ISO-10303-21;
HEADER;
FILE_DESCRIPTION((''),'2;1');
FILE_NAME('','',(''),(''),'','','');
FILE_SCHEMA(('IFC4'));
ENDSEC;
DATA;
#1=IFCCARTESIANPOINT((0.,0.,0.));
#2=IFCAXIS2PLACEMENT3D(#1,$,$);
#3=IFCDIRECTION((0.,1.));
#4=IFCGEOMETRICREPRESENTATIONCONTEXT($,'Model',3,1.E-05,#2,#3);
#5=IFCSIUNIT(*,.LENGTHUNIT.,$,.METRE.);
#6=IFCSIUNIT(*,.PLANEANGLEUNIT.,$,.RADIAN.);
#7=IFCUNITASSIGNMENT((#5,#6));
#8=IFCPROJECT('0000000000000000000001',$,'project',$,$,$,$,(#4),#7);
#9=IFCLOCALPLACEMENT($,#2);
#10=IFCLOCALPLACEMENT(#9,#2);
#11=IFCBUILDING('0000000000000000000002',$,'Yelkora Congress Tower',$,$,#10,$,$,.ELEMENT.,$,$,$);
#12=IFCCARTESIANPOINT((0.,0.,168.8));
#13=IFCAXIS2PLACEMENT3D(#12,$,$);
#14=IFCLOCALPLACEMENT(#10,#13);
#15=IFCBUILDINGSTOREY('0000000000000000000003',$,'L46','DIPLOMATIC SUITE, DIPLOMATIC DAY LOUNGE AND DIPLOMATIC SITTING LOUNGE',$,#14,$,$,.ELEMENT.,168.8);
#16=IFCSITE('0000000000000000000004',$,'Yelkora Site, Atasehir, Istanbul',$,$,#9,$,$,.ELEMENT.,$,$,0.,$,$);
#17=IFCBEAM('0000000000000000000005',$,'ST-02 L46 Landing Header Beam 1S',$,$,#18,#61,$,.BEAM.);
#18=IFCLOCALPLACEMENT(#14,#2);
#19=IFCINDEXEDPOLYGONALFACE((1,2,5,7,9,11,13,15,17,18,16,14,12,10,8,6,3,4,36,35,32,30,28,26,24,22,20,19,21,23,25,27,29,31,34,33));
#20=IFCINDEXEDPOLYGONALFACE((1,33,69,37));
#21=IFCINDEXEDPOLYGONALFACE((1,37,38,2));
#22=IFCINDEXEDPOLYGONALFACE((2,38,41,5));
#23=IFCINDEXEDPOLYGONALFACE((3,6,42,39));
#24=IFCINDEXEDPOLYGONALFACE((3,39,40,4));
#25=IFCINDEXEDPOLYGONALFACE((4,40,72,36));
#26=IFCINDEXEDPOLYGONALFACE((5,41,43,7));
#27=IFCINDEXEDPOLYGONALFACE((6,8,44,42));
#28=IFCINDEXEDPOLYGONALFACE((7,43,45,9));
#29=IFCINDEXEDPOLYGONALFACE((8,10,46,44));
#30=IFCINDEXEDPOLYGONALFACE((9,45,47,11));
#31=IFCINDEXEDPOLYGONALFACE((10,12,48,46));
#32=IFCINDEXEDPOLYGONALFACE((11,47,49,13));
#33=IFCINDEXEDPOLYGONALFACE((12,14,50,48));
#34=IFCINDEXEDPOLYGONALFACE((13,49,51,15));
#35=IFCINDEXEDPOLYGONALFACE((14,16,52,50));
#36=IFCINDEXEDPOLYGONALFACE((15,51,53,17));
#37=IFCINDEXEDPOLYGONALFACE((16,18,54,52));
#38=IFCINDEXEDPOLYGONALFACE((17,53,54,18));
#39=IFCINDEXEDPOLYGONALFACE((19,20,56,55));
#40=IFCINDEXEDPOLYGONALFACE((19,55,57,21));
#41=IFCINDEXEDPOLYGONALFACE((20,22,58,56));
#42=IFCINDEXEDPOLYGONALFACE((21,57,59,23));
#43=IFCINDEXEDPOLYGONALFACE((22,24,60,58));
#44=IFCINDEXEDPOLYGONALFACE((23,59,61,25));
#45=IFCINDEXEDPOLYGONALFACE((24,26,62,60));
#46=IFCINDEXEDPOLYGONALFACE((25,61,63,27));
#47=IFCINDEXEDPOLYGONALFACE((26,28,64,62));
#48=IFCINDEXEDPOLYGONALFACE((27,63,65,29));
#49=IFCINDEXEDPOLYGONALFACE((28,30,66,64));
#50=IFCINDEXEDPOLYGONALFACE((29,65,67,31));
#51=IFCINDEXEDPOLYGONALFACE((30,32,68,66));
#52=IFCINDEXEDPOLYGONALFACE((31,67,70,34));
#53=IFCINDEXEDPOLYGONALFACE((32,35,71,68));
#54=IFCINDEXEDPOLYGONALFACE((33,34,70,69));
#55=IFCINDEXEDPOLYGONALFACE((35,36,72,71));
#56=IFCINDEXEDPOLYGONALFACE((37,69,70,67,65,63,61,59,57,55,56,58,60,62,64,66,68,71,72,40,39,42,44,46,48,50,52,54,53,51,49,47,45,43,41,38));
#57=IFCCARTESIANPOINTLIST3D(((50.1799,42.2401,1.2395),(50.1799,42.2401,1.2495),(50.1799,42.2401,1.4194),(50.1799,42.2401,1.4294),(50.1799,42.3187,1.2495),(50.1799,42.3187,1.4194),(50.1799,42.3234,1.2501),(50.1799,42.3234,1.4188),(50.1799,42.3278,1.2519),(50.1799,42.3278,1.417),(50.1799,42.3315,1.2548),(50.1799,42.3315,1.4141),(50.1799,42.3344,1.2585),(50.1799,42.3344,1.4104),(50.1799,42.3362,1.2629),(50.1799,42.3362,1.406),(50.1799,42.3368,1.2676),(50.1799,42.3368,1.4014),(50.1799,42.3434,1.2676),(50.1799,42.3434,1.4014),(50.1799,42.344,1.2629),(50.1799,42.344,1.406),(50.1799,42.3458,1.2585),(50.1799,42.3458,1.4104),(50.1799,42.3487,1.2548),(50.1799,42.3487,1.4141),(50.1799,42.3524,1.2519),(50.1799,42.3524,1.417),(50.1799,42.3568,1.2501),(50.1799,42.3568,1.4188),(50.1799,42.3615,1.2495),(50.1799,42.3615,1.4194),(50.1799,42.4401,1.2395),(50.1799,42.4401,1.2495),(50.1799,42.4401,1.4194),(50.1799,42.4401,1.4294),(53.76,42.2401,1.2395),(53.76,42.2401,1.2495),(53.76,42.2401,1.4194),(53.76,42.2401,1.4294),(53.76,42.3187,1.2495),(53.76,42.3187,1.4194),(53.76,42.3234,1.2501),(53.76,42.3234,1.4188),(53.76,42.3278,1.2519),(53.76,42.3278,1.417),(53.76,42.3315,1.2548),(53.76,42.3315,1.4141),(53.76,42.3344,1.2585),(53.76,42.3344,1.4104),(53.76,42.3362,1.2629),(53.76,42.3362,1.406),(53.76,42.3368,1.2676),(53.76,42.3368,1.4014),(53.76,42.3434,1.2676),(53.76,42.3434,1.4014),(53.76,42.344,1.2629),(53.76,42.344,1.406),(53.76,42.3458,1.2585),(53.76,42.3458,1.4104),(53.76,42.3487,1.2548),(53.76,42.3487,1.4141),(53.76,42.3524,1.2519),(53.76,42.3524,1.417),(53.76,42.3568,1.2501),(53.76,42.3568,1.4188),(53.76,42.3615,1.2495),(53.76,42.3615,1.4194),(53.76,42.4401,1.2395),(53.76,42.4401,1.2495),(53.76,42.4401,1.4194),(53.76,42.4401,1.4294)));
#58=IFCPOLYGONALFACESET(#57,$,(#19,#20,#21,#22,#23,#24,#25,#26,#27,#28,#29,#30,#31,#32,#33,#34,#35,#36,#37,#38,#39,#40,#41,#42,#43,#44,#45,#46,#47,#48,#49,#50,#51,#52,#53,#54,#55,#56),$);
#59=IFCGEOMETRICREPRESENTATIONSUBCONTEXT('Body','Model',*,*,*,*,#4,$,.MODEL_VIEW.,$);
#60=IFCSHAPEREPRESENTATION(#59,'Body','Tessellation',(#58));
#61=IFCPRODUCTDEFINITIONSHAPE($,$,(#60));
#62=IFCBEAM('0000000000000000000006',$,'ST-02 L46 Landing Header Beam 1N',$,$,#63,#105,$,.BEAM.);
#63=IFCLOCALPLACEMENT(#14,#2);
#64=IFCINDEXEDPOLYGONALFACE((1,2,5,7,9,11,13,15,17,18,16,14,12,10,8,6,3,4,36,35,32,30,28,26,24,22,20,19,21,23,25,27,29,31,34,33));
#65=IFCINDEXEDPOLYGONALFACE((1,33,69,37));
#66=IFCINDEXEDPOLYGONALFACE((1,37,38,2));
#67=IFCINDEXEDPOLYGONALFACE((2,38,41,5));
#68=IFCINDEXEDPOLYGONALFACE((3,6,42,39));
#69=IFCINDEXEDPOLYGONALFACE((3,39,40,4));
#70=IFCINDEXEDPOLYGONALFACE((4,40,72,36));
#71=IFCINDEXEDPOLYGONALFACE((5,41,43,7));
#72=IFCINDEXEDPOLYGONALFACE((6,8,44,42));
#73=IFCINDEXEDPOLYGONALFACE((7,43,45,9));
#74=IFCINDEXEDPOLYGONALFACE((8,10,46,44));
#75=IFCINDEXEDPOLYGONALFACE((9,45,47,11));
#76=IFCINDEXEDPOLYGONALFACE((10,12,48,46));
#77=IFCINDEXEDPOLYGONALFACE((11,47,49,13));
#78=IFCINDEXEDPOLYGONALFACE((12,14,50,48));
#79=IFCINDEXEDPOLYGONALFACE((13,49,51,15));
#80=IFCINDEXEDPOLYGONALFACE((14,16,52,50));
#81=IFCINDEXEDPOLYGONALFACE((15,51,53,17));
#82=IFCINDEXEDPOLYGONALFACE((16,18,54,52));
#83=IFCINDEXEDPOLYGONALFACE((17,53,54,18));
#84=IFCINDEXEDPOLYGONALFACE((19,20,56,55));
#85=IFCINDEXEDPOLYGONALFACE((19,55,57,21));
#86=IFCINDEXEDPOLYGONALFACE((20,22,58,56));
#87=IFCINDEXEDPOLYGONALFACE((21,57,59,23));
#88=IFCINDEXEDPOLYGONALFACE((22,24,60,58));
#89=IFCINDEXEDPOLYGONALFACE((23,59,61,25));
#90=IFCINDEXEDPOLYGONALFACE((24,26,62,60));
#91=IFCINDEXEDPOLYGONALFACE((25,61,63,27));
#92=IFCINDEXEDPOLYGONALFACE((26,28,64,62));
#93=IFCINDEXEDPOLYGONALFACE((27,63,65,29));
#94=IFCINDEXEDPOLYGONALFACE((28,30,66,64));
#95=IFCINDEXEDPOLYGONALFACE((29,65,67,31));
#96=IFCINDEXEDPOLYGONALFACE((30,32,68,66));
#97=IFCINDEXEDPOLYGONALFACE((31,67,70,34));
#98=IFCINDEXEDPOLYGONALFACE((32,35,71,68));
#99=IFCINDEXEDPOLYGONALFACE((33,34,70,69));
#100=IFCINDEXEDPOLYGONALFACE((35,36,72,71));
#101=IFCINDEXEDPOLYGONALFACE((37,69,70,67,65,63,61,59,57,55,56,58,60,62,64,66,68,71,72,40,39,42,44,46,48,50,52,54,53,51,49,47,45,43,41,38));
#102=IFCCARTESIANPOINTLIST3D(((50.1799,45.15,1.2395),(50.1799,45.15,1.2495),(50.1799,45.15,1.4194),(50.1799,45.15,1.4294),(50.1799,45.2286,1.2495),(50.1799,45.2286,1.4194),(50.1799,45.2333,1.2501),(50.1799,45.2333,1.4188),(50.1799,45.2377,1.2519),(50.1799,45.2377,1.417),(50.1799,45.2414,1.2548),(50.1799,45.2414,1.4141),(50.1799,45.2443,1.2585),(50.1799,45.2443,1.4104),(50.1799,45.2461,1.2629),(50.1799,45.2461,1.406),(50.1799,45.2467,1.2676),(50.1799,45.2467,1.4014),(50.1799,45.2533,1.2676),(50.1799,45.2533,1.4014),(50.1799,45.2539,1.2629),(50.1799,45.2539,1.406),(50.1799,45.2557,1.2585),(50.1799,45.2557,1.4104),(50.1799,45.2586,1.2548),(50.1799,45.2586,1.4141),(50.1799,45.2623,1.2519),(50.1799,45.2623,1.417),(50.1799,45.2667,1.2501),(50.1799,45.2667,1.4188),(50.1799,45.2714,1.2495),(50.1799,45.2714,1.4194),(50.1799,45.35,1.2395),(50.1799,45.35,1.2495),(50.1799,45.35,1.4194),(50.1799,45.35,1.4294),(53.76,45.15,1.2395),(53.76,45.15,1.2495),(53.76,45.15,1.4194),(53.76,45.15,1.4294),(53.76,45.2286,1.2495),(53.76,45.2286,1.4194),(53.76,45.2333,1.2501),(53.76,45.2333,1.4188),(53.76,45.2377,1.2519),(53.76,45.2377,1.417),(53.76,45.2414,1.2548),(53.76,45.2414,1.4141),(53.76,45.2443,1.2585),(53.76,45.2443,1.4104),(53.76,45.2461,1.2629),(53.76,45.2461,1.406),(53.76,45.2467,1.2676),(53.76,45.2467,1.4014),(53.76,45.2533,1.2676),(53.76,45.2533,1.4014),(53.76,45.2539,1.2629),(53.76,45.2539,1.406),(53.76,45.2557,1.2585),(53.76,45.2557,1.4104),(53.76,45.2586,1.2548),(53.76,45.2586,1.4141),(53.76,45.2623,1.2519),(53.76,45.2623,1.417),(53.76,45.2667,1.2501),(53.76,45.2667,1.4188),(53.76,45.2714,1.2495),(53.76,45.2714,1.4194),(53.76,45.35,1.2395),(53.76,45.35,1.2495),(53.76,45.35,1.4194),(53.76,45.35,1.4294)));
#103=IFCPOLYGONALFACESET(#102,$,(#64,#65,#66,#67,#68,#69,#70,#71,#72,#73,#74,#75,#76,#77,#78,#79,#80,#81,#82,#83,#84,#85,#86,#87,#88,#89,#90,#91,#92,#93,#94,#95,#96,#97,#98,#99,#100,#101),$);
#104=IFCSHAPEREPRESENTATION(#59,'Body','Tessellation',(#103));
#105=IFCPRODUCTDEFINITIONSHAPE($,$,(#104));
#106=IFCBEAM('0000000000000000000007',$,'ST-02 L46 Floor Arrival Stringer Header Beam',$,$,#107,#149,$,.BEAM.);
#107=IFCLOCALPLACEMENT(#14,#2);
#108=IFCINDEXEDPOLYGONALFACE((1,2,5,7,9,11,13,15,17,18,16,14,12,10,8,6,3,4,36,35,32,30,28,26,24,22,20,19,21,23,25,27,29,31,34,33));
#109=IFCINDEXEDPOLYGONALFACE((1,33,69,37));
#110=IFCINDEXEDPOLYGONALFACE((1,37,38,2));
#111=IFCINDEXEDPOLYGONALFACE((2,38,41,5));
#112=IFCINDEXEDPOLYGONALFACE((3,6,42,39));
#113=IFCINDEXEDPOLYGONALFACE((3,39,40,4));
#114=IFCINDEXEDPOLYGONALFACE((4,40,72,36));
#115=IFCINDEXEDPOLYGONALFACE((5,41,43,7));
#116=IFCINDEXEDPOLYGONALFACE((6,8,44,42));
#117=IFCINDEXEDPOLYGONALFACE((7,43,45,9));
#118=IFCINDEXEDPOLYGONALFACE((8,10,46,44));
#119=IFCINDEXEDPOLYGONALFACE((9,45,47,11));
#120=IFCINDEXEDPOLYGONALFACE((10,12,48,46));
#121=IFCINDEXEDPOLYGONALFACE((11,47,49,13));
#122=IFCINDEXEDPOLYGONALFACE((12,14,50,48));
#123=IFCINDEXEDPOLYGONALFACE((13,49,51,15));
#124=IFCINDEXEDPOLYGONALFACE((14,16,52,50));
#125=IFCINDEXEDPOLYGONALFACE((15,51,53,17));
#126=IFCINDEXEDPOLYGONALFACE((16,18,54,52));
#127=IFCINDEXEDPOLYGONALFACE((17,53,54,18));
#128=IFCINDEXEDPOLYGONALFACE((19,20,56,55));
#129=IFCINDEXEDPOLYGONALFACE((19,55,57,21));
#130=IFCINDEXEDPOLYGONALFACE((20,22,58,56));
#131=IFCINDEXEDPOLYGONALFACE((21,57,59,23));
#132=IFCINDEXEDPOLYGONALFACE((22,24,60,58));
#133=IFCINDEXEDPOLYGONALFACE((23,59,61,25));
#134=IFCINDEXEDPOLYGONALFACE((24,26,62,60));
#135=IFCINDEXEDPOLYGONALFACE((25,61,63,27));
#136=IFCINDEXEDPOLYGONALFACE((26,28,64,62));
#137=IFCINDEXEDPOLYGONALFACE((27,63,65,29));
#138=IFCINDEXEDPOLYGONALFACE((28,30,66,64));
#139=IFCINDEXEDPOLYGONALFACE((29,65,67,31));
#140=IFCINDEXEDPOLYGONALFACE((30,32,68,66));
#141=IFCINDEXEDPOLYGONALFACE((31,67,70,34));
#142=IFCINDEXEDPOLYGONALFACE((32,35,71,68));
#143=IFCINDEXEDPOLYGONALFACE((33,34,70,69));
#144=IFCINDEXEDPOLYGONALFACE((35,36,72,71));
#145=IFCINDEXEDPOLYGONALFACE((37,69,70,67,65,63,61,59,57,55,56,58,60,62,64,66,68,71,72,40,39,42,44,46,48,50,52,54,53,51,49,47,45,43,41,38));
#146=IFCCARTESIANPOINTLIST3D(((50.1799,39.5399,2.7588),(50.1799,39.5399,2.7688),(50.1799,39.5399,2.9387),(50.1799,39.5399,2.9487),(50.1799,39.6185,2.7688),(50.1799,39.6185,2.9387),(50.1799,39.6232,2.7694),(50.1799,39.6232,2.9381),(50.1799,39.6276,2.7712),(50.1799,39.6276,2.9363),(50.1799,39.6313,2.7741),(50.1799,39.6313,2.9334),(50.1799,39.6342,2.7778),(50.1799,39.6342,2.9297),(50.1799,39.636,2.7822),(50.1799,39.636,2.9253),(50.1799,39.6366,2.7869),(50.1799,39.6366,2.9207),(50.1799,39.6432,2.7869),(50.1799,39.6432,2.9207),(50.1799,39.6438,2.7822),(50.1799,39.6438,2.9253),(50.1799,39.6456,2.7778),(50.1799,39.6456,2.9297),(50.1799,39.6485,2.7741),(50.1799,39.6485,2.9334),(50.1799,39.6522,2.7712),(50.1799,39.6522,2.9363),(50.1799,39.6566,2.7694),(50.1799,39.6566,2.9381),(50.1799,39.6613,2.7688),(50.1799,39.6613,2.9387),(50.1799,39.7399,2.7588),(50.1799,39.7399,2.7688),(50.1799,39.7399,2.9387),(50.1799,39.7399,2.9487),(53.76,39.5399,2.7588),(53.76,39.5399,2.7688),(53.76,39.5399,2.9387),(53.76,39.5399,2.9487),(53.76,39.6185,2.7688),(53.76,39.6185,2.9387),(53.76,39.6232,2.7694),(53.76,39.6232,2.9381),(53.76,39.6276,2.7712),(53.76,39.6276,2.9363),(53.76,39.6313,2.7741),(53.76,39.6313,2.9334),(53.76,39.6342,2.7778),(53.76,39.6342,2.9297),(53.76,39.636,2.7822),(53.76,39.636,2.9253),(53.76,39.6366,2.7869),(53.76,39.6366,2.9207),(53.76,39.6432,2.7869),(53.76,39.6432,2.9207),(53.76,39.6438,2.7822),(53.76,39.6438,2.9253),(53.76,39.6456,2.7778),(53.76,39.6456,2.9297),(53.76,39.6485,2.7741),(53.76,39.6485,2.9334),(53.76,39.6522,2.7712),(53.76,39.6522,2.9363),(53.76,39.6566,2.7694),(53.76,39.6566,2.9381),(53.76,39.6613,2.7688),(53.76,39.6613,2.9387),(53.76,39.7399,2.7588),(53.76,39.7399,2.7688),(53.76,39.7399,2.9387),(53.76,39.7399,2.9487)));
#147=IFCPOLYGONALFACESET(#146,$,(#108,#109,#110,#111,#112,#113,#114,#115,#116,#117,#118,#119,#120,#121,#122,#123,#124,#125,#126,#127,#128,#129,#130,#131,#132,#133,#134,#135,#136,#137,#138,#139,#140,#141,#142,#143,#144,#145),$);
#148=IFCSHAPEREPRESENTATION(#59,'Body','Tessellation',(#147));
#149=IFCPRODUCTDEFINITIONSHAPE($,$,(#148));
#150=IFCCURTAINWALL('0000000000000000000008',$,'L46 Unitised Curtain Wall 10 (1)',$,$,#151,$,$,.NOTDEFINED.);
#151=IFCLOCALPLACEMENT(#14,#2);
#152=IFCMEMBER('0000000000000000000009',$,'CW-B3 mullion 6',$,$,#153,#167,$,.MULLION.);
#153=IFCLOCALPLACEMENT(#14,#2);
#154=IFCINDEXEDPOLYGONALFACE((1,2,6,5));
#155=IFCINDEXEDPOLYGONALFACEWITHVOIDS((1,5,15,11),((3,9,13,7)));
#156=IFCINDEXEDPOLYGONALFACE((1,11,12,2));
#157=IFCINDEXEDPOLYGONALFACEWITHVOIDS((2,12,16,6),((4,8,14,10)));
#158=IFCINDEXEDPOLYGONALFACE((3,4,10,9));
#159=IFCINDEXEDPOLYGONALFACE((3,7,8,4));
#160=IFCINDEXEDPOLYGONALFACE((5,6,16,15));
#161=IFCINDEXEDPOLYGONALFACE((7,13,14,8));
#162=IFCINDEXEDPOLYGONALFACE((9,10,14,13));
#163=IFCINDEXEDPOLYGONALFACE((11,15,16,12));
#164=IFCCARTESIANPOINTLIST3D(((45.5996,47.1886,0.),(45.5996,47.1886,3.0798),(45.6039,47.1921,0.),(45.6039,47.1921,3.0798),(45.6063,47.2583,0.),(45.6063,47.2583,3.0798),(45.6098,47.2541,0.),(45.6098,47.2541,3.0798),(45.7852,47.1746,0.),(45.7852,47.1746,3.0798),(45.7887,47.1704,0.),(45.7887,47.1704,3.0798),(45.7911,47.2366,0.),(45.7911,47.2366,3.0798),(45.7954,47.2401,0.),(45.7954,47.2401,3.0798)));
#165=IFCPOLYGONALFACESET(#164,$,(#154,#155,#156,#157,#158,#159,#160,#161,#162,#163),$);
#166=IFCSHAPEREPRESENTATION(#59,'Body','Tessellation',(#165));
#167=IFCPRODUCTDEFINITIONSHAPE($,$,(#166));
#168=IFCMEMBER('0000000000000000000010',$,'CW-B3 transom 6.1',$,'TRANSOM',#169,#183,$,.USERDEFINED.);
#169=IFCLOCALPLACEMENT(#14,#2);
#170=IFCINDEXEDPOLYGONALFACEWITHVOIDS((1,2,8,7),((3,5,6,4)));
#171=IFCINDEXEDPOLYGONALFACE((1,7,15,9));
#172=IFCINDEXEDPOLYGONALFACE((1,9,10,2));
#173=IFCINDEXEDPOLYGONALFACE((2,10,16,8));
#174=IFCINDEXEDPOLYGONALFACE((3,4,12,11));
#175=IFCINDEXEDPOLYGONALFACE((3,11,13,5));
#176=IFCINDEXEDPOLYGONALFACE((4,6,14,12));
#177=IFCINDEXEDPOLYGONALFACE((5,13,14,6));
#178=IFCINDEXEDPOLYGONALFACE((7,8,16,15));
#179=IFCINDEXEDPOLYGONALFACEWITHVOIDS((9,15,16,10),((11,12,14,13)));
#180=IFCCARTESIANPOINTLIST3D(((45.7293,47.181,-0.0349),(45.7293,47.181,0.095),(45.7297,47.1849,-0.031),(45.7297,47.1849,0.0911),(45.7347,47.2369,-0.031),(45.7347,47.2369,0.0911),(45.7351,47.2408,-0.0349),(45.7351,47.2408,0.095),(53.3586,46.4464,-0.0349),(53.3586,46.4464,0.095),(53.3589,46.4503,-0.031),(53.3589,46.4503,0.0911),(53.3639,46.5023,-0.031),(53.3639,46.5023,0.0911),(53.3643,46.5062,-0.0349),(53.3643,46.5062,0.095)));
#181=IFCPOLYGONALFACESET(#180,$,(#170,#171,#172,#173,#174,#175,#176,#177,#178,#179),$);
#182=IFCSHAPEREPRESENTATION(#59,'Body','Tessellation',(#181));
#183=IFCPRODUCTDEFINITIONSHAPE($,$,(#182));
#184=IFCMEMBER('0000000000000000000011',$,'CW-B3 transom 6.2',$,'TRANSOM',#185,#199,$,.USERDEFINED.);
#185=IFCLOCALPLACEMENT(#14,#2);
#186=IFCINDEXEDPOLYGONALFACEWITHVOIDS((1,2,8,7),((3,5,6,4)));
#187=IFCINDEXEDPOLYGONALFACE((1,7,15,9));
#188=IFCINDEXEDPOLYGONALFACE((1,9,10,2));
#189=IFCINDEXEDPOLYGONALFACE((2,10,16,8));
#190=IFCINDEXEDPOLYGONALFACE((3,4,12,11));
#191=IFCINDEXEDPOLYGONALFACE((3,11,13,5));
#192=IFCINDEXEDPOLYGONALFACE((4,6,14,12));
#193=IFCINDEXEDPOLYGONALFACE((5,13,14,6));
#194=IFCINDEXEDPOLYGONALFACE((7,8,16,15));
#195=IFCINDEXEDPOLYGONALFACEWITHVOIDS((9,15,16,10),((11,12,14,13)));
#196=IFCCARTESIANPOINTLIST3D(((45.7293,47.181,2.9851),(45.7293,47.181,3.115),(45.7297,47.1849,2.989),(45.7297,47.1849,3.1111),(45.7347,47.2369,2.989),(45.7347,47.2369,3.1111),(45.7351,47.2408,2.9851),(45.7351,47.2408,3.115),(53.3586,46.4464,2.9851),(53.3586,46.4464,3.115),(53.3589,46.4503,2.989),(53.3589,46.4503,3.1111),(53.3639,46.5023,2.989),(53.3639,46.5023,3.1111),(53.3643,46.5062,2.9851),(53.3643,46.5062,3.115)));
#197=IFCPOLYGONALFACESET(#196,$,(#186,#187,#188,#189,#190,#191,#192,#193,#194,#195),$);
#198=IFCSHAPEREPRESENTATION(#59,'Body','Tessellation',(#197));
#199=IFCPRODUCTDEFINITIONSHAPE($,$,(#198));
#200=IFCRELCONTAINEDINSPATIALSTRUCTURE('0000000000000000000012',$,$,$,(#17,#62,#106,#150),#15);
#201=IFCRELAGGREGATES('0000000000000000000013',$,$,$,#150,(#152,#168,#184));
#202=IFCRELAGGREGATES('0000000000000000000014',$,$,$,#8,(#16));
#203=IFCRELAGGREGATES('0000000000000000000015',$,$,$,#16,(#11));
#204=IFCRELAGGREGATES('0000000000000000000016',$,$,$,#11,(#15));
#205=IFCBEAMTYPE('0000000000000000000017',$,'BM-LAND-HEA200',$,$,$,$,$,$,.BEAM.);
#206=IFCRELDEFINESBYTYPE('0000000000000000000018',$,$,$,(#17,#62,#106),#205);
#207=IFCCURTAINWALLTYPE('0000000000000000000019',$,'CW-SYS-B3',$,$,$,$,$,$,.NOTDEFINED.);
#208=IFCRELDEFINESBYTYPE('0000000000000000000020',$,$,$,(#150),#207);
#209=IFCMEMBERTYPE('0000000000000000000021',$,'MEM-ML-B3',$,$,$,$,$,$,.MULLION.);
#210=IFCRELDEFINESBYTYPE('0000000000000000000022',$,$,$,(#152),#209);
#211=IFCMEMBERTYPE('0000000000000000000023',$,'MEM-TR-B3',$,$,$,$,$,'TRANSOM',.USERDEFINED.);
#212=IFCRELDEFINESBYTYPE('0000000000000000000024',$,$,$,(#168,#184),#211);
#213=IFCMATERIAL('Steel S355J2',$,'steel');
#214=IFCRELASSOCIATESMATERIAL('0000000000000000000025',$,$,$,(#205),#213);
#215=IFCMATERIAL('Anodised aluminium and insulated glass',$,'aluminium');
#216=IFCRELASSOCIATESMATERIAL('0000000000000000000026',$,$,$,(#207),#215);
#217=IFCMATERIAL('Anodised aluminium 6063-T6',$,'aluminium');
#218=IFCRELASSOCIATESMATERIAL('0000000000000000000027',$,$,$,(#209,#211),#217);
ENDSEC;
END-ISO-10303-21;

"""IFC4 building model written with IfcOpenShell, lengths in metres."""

from ifc_helpers import new_model, si_unit, direction, frame, origin, origin_2d, place, context, subcontext, project, spatial, hollow_rectangle, i_section, extrude, material, material_profile, profile_set, type_object, element, aggregate, save


model = new_model("IFC4")

# Units and contexts
model_context = context("Model", 3, precision=1e-05, world=origin(), true_north=direction((0.0, 1.0)))
body_context = subcontext(model_context, "Body", "Model", "MODEL_VIEW")
ifc_project = project(units=[si_unit("LENGTHUNIT", "METRE"), si_unit("PLANEANGLEUNIT", "RADIAN")], contexts=[model_context])

# Site, building, storey
site_placement = place(None, origin())
site = spatial("IfcSite", under=ifc_project, at=site_placement, Name="Yelkora Site, Atasehir, Istanbul", CompositionType="ELEMENT", RefElevation=0.0)
building_placement = place(site_placement, origin())
building = spatial("IfcBuilding", under=site, at=building_placement, Name="Yelkora Congress Tower", CompositionType="ELEMENT")
storey_placement = place(building_placement, frame((0.0, 0.0, 168.8)))
storey = spatial("IfcBuildingStorey", under=building, at=storey_placement, Name="L46", Description="DIPLOMATIC SUITE, DIPLOMATIC DAY LOUNGE AND DIPLOMATIC SITTING LOUNGE", CompositionType="ELEMENT", Elevation=168.8)

# Beams
ifc_material_1 = material(Name="Steel S355J2", Category="steel")
ifc_material_profile_1 = material_profile(ifc_material_1, i_section(OverallWidth=0.2, OverallDepth=0.1899, WebThickness=0.0066, FlangeThickness=0.01, FilletRadius=0.0181, at=origin_2d()), Name="HEA 200")
ifc_profile_set_1 = profile_set([ifc_material_profile_1], Name="Steel S355J2")
beam_type_1 = type_object("IfcBeamType", Name="BM-LAND-HEA200", PredefinedType="BEAM", material=ifc_profile_set_1)
for number, where, z_axis, x_axis, name in (
    (1, (50.1799, 42.3401, 1.3345), (1.0, 0.0, 0.0), (0.0, 1.0, 0.0), "ST-02 L46 Landing Header Beam 1S"),
    (2, (50.1799, 45.25, 1.3345), (1.0, 0.0, 0.0), (0.0, 1.0, 0.0), "ST-02 L46 Landing Header Beam 1N"),
    (3, (50.1799, 39.6399, 2.8538), (1.0, 0.0, 0.0), (0.0, 1.0, 0.0), "ST-02 L46 Floor Arrival Stringer Header Beam"),
):
    element("IfcBeam", number, at=place(storey_placement, frame(where, z_axis=z_axis, x_axis=x_axis)), inside=storey, type_object=beam_type_1, Name=name, PredefinedType="BEAM", context=body_context, shape_type="SweptSolid", body=[
        extrude(i_section(OverallWidth=0.2, OverallDepth=0.1899, WebThickness=0.0066, FlangeThickness=0.01, FilletRadius=0.0181, at=origin_2d()), origin(), (0.0, 0.0, 1.0), 3.5801),
    ])

# Curtain wall, members
ifc_material_2 = material(Name="Anodised aluminium and insulated glass", Category="aluminium")
curtain_wall_type = type_object("IfcCurtainWallType", Name="CW-SYS-B3", PredefinedType="NOTDEFINED", material=ifc_material_2)
curtain_wall_placement = place(storey_placement, origin())
curtain_wall = element("IfcCurtainWall", 4, at=curtain_wall_placement, inside=storey, type_object=curtain_wall_type, Name="L46 Unitised Curtain Wall 10 (1)", PredefinedType="NOTDEFINED")
ifc_material_3 = material(Name="Anodised aluminium 6063-T6", Category="aluminium")
ifc_material_profile_2 = material_profile(ifc_material_3, hollow_rectangle(XDim=0.0701, YDim=0.1899, WallThickness=0.0039, at=origin_2d()), Name="ALU 70x190x4")
ifc_profile_set_2 = profile_set([ifc_material_profile_2], Name="Anodised aluminium 6063-T6")
member_type_1 = type_object("IfcMemberType", Name="MEM-ML-B3", PredefinedType="MULLION", material=ifc_profile_set_2)
member_1_placement = place(storey_placement, frame((45.6975, 47.2144, 0.0), z_axis=(0.0, 0.0, 1.0), x_axis=(0.095845, 0.995396, 0.0)))
member_1 = element("IfcMember", 5, at=member_1_placement, type_object=member_type_1, Name="CW-B3 mullion 6", PredefinedType="MULLION", context=body_context, shape_type="SweptSolid", body=[
    extrude(hollow_rectangle(XDim=0.0701, YDim=0.1899, WallThickness=0.0039, at=origin_2d()), origin(), (0.0, 0.0, 1.0), 3.0798),
])
ifc_material_profile_3 = material_profile(ifc_material_3, hollow_rectangle(XDim=0.0601, YDim=0.1299, WallThickness=0.0039, at=origin_2d()), Name="ALU 60x130x4")
ifc_profile_set_3 = profile_set([ifc_material_profile_3], Name="Anodised aluminium 6063-T6")
member_type_2 = type_object("IfcMemberType", Name="MEM-TR-B3", ElementType="TRANSOM", PredefinedType="USERDEFINED", material=ifc_profile_set_3)
member_2_placement = place(storey_placement, frame((45.7322, 47.2109, 0.03), z_axis=(0.995396, -0.095848, 0.0), x_axis=(0.095848, 0.995396, 0.0)))
member_2 = element("IfcMember", 6, at=member_2_placement, type_object=member_type_2, Name="CW-B3 transom 6.1", ObjectType="TRANSOM", PredefinedType="USERDEFINED", context=body_context, shape_type="SweptSolid", body=[
    extrude(hollow_rectangle(XDim=0.0601, YDim=0.1299, WallThickness=0.0039, at=origin_2d()), origin(), (0.0, 0.0, 1.0), 7.6646),
])
member_3_placement = place(storey_placement, frame((45.7322, 47.2109, 3.05), z_axis=(0.995396, -0.095848, 0.0), x_axis=(0.095848, 0.995396, 0.0)))
member_3 = element("IfcMember", 7, at=member_3_placement, type_object=member_type_2, Name="CW-B3 transom 6.2", ObjectType="TRANSOM", PredefinedType="USERDEFINED", context=body_context, shape_type="SweptSolid", body=[
    extrude(hollow_rectangle(XDim=0.0601, YDim=0.1299, WallThickness=0.0039, at=origin_2d()), origin(), (0.0, 0.0, 1.0), 7.6646),
])
aggregate(curtain_wall, [member_1, member_2, member_3])

save(model, "model.ifc")
